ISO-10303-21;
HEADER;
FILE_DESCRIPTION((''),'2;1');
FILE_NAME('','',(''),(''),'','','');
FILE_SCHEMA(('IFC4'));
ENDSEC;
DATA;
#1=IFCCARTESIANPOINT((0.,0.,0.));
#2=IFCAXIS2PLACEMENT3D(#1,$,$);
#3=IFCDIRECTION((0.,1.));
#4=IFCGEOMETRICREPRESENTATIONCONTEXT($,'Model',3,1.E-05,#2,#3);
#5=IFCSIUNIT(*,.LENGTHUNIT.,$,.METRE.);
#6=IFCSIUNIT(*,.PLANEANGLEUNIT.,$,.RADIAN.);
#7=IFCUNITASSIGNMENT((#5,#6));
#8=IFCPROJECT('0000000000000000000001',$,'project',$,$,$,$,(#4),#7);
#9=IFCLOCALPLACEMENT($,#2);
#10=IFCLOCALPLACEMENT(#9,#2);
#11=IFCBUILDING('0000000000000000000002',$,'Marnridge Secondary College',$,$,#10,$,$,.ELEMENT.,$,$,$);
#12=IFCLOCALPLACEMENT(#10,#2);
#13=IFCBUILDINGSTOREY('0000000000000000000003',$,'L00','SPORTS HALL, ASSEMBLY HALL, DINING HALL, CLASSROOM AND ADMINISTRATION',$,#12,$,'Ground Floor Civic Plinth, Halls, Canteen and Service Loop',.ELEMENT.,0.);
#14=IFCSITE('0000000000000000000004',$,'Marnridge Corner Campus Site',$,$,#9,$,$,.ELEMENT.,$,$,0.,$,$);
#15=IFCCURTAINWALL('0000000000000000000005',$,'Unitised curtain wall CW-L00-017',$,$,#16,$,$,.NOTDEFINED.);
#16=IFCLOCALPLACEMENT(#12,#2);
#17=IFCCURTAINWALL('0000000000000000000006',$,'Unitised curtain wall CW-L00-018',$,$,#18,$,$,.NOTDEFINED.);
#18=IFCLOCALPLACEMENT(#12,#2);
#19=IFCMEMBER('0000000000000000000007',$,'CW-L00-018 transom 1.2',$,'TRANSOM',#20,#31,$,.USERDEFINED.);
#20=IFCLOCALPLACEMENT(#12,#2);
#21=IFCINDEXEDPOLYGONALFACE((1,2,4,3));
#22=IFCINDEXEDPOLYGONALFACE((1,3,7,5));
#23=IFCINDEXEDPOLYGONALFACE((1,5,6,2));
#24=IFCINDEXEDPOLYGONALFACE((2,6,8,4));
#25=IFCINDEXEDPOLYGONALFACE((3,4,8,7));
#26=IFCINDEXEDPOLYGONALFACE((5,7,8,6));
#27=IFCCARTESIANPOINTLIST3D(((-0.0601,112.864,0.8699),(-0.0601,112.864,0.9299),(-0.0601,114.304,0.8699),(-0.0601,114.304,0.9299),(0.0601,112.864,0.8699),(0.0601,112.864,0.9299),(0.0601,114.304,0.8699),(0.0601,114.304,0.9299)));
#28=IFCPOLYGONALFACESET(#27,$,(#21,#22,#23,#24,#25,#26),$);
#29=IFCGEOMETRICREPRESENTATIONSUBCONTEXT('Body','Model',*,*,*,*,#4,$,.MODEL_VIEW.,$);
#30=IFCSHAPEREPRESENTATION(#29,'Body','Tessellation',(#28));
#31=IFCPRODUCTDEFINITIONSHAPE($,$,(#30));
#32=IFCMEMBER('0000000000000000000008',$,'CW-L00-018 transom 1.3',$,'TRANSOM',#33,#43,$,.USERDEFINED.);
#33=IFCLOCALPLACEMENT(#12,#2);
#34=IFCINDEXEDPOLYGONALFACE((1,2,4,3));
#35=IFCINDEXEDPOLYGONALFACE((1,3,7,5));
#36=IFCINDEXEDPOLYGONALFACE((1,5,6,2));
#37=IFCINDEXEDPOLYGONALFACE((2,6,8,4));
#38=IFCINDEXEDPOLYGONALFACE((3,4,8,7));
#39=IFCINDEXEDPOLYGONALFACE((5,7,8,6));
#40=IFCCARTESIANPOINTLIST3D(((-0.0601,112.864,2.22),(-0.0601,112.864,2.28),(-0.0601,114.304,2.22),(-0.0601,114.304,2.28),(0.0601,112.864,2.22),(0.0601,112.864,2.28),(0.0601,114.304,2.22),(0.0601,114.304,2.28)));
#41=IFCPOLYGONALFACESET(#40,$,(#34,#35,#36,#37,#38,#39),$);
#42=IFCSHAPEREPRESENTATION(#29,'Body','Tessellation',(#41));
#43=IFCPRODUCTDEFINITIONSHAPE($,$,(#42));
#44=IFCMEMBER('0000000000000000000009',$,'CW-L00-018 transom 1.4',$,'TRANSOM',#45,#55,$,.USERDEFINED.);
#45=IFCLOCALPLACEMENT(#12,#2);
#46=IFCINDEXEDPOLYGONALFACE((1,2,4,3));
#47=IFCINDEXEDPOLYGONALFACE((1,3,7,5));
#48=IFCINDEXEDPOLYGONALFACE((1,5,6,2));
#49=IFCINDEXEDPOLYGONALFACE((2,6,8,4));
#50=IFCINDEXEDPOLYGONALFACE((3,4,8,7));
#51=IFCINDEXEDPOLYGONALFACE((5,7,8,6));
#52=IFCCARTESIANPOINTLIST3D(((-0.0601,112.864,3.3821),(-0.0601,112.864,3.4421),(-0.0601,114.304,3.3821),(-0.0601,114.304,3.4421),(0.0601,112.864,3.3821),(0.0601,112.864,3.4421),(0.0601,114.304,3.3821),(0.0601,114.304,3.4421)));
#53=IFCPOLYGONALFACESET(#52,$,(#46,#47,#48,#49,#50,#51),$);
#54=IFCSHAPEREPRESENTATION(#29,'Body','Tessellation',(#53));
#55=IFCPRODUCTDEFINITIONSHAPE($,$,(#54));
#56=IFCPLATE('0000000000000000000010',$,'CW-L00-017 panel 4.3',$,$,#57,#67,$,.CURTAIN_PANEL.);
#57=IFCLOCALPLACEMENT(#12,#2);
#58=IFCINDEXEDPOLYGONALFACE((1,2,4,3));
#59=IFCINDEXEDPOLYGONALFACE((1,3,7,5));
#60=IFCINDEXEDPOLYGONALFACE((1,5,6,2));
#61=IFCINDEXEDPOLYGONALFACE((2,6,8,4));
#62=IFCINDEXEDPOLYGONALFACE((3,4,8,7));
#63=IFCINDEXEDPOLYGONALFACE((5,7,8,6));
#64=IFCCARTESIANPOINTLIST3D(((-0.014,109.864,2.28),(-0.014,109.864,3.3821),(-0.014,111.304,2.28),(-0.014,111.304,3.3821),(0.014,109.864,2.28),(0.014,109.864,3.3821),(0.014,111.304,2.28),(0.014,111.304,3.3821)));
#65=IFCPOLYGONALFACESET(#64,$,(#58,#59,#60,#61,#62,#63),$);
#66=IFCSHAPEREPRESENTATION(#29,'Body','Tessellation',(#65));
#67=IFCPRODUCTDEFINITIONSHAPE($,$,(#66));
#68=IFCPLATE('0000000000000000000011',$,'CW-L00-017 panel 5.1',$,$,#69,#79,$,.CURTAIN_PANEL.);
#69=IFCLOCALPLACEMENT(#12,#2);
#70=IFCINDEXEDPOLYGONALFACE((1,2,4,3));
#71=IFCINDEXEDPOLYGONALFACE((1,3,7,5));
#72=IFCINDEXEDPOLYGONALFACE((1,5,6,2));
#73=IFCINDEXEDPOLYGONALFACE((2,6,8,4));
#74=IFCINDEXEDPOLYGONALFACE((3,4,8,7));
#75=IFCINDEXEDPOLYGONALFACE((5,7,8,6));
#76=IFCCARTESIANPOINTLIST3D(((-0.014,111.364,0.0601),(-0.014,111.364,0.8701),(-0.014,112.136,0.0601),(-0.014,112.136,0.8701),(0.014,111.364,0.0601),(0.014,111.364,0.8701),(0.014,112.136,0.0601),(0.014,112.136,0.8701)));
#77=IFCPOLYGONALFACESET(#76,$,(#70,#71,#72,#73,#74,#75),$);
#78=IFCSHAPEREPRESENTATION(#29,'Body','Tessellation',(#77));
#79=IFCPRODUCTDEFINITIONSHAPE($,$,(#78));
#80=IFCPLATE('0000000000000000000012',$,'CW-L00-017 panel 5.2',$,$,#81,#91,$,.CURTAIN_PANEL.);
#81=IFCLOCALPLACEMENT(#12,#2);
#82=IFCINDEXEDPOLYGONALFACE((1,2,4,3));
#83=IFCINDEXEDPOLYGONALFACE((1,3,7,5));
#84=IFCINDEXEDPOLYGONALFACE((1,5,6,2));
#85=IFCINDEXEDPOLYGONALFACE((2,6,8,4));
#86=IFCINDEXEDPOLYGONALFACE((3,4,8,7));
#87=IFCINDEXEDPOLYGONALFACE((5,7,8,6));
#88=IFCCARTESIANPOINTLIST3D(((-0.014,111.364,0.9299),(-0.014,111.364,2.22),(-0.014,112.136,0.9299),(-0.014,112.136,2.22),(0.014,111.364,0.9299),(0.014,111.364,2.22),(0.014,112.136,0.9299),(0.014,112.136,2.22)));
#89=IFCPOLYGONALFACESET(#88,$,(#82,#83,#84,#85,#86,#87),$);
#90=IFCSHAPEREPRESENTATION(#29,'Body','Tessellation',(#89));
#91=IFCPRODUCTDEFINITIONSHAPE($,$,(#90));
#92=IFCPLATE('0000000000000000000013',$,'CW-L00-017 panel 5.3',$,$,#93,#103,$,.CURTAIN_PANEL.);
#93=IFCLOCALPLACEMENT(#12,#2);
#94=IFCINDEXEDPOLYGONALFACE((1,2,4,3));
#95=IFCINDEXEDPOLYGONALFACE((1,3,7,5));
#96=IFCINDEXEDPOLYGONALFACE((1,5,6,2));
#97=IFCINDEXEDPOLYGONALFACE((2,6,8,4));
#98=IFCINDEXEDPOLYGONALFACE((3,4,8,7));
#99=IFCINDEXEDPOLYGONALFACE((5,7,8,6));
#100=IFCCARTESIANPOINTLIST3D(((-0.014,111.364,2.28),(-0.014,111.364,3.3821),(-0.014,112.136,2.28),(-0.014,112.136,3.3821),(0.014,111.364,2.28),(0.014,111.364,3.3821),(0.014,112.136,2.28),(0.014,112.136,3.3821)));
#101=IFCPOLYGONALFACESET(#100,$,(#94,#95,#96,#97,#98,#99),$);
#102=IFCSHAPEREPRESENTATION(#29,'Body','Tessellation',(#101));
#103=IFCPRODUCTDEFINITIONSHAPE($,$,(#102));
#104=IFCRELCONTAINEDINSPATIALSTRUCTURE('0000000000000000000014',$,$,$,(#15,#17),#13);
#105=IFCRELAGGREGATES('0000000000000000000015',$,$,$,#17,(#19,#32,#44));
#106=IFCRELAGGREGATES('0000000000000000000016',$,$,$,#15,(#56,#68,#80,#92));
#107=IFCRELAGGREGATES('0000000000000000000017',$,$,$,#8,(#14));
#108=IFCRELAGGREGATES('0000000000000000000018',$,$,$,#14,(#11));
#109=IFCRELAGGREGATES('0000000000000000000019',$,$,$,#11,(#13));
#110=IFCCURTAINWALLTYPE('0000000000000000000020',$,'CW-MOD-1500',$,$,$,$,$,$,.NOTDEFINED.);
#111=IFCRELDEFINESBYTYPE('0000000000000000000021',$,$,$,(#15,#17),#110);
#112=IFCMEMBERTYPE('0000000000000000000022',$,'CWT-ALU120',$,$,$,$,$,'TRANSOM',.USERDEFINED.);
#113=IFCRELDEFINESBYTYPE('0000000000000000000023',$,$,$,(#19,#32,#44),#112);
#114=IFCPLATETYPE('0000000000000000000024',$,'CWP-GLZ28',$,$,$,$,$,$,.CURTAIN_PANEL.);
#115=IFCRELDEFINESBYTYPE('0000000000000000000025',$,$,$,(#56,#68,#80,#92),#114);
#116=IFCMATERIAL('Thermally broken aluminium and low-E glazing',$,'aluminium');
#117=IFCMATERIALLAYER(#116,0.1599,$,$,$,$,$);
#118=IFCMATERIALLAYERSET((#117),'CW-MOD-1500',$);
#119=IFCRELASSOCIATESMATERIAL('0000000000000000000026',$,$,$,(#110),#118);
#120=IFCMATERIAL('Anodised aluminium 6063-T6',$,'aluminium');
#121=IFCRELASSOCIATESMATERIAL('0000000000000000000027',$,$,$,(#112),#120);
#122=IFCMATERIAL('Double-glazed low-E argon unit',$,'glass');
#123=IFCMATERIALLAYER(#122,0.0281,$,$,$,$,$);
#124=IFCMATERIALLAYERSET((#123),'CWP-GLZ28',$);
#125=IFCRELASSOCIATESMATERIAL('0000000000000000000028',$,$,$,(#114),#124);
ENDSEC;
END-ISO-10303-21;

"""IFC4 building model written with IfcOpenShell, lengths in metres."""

from ifc_helpers import new_model, si_unit, direction, frame, origin, origin_2d, place, context, subcontext, project, spatial, rectangle, extrude, material, layer, layer_set, material_profile, profile_set, type_object, element, aggregate, save


model = new_model("IFC4")

# Units and contexts
model_context = context("Model", 3, precision=1e-05, world=origin(), true_north=direction((0.0, 1.0)))
body_context = subcontext(model_context, "Body", "Model", "MODEL_VIEW")
ifc_project = project(units=[si_unit("LENGTHUNIT", "METRE"), si_unit("PLANEANGLEUNIT", "RADIAN")], contexts=[model_context])

# Site, building, storey
site_placement = place(None, origin())
site = spatial("IfcSite", under=ifc_project, at=site_placement, Name="Marnridge Corner Campus Site", CompositionType="ELEMENT", RefElevation=0.0)
building_placement = place(site_placement, origin())
building = spatial("IfcBuilding", under=site, at=building_placement, Name="Marnridge Secondary College", CompositionType="ELEMENT")
storey_placement = place(building_placement, origin())
storey = spatial("IfcBuildingStorey", under=building, at=storey_placement, Name="L00", Description="SPORTS HALL, ASSEMBLY HALL, DINING HALL, CLASSROOM AND ADMINISTRATION", LongName="Ground Floor Civic Plinth, Halls, Canteen and Service Loop", CompositionType="ELEMENT", Elevation=0.0)

# Curtain wall
ifc_material_1 = material(Name="Thermally broken aluminium and low-E glazing", Category="aluminium")
ifc_layer_1 = layer(ifc_material_1, 0.1599)
ifc_layer_set_1 = layer_set([ifc_layer_1], Name="CW-MOD-1500")
curtain_wall_type = type_object("IfcCurtainWallType", Name="CW-MOD-1500", PredefinedType="NOTDEFINED", material=ifc_layer_set_1)
curtain_wall_1_placement = place(storey_placement, origin())
curtain_wall_1 = element("IfcCurtainWall", 1, at=curtain_wall_1_placement, inside=storey, type_object=curtain_wall_type, Name="Unitised curtain wall CW-L00-017", PredefinedType="NOTDEFINED")

# Curtain wall
curtain_wall_2_placement = place(storey_placement, origin())
curtain_wall_2 = element("IfcCurtainWall", 2, at=curtain_wall_2_placement, inside=storey, type_object=curtain_wall_type, Name="Unitised curtain wall CW-L00-018", PredefinedType="NOTDEFINED")

# Members
ifc_material_2 = material(Name="Anodised aluminium 6063-T6", Category="aluminium")
ifc_material_profile_1 = material_profile(ifc_material_2, rectangle(XDim=0.0601, YDim=0.1201, at=origin_2d()), Name="ALU 60x120")
ifc_profile_set_1 = profile_set([ifc_material_profile_1], Name="Anodised aluminium 6063-T6")
member_type_1 = type_object("IfcMemberType", Name="CWT-ALU120", ElementType="TRANSOM", PredefinedType="USERDEFINED", material=ifc_profile_set_1)
member_1_placement = place(storey_placement, frame((0.0, 112.864, 0.8999), z_axis=(0.0, 1.0, 0.0), x_axis=(0.0, 0.0, 1.0)))
member_1 = element("IfcMember", 3, at=member_1_placement, type_object=member_type_1, Name="CW-L00-018 transom 1.2", ObjectType="TRANSOM", PredefinedType="USERDEFINED", context=body_context, shape_type="SweptSolid", body=[
    extrude(rectangle(XDim=0.0601, YDim=0.1201, at=origin_2d()), origin(), (0.0, 0.0, 1.0), 1.4399),
])
member_2_placement = place(storey_placement, frame((0.0, 112.864, 2.25), z_axis=(0.0, 1.0, 0.0), x_axis=(0.0, 0.0, 1.0)))
member_2 = element("IfcMember", 4, at=member_2_placement, type_object=member_type_1, Name="CW-L00-018 transom 1.3", ObjectType="TRANSOM", PredefinedType="USERDEFINED", context=body_context, shape_type="SweptSolid", body=[
    extrude(rectangle(XDim=0.0601, YDim=0.1201, at=origin_2d()), origin(), (0.0, 0.0, 1.0), 1.4399),
])
member_3_placement = place(storey_placement, frame((0.0, 112.864, 3.4121), z_axis=(0.0, 1.0, 0.0), x_axis=(0.0, 0.0, 1.0)))
member_3 = element("IfcMember", 5, at=member_3_placement, type_object=member_type_1, Name="CW-L00-018 transom 1.4", ObjectType="TRANSOM", PredefinedType="USERDEFINED", context=body_context, shape_type="SweptSolid", body=[
    extrude(rectangle(XDim=0.0601, YDim=0.1201, at=origin_2d()), origin(), (0.0, 0.0, 1.0), 1.4399),
])
aggregate(curtain_wall_2, [member_1, member_2, member_3])

# Plates
ifc_material_3 = material(Name="Double-glazed low-E argon unit", Category="glass")
ifc_layer_2 = layer(ifc_material_3, 0.0281)
ifc_layer_set_2 = layer_set([ifc_layer_2], Name="CWP-GLZ28")
plate_type = type_object("IfcPlateType", Name="CWP-GLZ28", PredefinedType="CURTAIN_PANEL", material=ifc_layer_set_2)
plate_1_placement = place(storey_placement, frame((0.0, 110.584, 2.28), z_axis=(0.0, 0.0, 1.0), x_axis=(0.0, 1.0, 0.0)))
plate_1 = element("IfcPlate", 6, at=plate_1_placement, type_object=plate_type, Name="CW-L00-017 panel 4.3", PredefinedType="CURTAIN_PANEL", context=body_context, shape_type="SweptSolid", body=[
    extrude(rectangle(XDim=1.4399, YDim=0.0281, at=origin_2d()), origin(), (0.0, 0.0, 1.0), 1.1021),
])
plate_2_placement = place(storey_placement, frame((0.0, 111.75, 0.0601), z_axis=(0.0, 0.0, 1.0), x_axis=(0.0, 1.0, 0.0)))
plate_2 = element("IfcPlate", 7, at=plate_2_placement, type_object=plate_type, Name="CW-L00-017 panel 5.1", PredefinedType="CURTAIN_PANEL", context=body_context, shape_type="SweptSolid", body=[
    extrude(rectangle(XDim=0.772, YDim=0.0281, at=origin_2d()), origin(), (0.0, 0.0, 1.0), 0.8101),
])
plate_3_placement = place(storey_placement, frame((0.0, 111.75, 0.9299), z_axis=(0.0, 0.0, 1.0), x_axis=(0.0, 1.0, 0.0)))
plate_3 = element("IfcPlate", 8, at=plate_3_placement, type_object=plate_type, Name="CW-L00-017 panel 5.2", PredefinedType="CURTAIN_PANEL", context=body_context, shape_type="SweptSolid", body=[
    extrude(rectangle(XDim=0.772, YDim=0.0281, at=origin_2d()), origin(), (0.0, 0.0, 1.0), 1.29),
])
plate_4_placement = place(storey_placement, frame((0.0, 111.75, 2.28), z_axis=(0.0, 0.0, 1.0), x_axis=(0.0, 1.0, 0.0)))
plate_4 = element("IfcPlate", 9, at=plate_4_placement, type_object=plate_type, Name="CW-L00-017 panel 5.3", PredefinedType="CURTAIN_PANEL", context=body_context, shape_type="SweptSolid", body=[
    extrude(rectangle(XDim=0.772, YDim=0.0281, at=origin_2d()), origin(), (0.0, 0.0, 1.0), 1.1021),
])
aggregate(curtain_wall_1, [plate_1, plate_2, plate_3, plate_4])

save(model, "model.ifc")
